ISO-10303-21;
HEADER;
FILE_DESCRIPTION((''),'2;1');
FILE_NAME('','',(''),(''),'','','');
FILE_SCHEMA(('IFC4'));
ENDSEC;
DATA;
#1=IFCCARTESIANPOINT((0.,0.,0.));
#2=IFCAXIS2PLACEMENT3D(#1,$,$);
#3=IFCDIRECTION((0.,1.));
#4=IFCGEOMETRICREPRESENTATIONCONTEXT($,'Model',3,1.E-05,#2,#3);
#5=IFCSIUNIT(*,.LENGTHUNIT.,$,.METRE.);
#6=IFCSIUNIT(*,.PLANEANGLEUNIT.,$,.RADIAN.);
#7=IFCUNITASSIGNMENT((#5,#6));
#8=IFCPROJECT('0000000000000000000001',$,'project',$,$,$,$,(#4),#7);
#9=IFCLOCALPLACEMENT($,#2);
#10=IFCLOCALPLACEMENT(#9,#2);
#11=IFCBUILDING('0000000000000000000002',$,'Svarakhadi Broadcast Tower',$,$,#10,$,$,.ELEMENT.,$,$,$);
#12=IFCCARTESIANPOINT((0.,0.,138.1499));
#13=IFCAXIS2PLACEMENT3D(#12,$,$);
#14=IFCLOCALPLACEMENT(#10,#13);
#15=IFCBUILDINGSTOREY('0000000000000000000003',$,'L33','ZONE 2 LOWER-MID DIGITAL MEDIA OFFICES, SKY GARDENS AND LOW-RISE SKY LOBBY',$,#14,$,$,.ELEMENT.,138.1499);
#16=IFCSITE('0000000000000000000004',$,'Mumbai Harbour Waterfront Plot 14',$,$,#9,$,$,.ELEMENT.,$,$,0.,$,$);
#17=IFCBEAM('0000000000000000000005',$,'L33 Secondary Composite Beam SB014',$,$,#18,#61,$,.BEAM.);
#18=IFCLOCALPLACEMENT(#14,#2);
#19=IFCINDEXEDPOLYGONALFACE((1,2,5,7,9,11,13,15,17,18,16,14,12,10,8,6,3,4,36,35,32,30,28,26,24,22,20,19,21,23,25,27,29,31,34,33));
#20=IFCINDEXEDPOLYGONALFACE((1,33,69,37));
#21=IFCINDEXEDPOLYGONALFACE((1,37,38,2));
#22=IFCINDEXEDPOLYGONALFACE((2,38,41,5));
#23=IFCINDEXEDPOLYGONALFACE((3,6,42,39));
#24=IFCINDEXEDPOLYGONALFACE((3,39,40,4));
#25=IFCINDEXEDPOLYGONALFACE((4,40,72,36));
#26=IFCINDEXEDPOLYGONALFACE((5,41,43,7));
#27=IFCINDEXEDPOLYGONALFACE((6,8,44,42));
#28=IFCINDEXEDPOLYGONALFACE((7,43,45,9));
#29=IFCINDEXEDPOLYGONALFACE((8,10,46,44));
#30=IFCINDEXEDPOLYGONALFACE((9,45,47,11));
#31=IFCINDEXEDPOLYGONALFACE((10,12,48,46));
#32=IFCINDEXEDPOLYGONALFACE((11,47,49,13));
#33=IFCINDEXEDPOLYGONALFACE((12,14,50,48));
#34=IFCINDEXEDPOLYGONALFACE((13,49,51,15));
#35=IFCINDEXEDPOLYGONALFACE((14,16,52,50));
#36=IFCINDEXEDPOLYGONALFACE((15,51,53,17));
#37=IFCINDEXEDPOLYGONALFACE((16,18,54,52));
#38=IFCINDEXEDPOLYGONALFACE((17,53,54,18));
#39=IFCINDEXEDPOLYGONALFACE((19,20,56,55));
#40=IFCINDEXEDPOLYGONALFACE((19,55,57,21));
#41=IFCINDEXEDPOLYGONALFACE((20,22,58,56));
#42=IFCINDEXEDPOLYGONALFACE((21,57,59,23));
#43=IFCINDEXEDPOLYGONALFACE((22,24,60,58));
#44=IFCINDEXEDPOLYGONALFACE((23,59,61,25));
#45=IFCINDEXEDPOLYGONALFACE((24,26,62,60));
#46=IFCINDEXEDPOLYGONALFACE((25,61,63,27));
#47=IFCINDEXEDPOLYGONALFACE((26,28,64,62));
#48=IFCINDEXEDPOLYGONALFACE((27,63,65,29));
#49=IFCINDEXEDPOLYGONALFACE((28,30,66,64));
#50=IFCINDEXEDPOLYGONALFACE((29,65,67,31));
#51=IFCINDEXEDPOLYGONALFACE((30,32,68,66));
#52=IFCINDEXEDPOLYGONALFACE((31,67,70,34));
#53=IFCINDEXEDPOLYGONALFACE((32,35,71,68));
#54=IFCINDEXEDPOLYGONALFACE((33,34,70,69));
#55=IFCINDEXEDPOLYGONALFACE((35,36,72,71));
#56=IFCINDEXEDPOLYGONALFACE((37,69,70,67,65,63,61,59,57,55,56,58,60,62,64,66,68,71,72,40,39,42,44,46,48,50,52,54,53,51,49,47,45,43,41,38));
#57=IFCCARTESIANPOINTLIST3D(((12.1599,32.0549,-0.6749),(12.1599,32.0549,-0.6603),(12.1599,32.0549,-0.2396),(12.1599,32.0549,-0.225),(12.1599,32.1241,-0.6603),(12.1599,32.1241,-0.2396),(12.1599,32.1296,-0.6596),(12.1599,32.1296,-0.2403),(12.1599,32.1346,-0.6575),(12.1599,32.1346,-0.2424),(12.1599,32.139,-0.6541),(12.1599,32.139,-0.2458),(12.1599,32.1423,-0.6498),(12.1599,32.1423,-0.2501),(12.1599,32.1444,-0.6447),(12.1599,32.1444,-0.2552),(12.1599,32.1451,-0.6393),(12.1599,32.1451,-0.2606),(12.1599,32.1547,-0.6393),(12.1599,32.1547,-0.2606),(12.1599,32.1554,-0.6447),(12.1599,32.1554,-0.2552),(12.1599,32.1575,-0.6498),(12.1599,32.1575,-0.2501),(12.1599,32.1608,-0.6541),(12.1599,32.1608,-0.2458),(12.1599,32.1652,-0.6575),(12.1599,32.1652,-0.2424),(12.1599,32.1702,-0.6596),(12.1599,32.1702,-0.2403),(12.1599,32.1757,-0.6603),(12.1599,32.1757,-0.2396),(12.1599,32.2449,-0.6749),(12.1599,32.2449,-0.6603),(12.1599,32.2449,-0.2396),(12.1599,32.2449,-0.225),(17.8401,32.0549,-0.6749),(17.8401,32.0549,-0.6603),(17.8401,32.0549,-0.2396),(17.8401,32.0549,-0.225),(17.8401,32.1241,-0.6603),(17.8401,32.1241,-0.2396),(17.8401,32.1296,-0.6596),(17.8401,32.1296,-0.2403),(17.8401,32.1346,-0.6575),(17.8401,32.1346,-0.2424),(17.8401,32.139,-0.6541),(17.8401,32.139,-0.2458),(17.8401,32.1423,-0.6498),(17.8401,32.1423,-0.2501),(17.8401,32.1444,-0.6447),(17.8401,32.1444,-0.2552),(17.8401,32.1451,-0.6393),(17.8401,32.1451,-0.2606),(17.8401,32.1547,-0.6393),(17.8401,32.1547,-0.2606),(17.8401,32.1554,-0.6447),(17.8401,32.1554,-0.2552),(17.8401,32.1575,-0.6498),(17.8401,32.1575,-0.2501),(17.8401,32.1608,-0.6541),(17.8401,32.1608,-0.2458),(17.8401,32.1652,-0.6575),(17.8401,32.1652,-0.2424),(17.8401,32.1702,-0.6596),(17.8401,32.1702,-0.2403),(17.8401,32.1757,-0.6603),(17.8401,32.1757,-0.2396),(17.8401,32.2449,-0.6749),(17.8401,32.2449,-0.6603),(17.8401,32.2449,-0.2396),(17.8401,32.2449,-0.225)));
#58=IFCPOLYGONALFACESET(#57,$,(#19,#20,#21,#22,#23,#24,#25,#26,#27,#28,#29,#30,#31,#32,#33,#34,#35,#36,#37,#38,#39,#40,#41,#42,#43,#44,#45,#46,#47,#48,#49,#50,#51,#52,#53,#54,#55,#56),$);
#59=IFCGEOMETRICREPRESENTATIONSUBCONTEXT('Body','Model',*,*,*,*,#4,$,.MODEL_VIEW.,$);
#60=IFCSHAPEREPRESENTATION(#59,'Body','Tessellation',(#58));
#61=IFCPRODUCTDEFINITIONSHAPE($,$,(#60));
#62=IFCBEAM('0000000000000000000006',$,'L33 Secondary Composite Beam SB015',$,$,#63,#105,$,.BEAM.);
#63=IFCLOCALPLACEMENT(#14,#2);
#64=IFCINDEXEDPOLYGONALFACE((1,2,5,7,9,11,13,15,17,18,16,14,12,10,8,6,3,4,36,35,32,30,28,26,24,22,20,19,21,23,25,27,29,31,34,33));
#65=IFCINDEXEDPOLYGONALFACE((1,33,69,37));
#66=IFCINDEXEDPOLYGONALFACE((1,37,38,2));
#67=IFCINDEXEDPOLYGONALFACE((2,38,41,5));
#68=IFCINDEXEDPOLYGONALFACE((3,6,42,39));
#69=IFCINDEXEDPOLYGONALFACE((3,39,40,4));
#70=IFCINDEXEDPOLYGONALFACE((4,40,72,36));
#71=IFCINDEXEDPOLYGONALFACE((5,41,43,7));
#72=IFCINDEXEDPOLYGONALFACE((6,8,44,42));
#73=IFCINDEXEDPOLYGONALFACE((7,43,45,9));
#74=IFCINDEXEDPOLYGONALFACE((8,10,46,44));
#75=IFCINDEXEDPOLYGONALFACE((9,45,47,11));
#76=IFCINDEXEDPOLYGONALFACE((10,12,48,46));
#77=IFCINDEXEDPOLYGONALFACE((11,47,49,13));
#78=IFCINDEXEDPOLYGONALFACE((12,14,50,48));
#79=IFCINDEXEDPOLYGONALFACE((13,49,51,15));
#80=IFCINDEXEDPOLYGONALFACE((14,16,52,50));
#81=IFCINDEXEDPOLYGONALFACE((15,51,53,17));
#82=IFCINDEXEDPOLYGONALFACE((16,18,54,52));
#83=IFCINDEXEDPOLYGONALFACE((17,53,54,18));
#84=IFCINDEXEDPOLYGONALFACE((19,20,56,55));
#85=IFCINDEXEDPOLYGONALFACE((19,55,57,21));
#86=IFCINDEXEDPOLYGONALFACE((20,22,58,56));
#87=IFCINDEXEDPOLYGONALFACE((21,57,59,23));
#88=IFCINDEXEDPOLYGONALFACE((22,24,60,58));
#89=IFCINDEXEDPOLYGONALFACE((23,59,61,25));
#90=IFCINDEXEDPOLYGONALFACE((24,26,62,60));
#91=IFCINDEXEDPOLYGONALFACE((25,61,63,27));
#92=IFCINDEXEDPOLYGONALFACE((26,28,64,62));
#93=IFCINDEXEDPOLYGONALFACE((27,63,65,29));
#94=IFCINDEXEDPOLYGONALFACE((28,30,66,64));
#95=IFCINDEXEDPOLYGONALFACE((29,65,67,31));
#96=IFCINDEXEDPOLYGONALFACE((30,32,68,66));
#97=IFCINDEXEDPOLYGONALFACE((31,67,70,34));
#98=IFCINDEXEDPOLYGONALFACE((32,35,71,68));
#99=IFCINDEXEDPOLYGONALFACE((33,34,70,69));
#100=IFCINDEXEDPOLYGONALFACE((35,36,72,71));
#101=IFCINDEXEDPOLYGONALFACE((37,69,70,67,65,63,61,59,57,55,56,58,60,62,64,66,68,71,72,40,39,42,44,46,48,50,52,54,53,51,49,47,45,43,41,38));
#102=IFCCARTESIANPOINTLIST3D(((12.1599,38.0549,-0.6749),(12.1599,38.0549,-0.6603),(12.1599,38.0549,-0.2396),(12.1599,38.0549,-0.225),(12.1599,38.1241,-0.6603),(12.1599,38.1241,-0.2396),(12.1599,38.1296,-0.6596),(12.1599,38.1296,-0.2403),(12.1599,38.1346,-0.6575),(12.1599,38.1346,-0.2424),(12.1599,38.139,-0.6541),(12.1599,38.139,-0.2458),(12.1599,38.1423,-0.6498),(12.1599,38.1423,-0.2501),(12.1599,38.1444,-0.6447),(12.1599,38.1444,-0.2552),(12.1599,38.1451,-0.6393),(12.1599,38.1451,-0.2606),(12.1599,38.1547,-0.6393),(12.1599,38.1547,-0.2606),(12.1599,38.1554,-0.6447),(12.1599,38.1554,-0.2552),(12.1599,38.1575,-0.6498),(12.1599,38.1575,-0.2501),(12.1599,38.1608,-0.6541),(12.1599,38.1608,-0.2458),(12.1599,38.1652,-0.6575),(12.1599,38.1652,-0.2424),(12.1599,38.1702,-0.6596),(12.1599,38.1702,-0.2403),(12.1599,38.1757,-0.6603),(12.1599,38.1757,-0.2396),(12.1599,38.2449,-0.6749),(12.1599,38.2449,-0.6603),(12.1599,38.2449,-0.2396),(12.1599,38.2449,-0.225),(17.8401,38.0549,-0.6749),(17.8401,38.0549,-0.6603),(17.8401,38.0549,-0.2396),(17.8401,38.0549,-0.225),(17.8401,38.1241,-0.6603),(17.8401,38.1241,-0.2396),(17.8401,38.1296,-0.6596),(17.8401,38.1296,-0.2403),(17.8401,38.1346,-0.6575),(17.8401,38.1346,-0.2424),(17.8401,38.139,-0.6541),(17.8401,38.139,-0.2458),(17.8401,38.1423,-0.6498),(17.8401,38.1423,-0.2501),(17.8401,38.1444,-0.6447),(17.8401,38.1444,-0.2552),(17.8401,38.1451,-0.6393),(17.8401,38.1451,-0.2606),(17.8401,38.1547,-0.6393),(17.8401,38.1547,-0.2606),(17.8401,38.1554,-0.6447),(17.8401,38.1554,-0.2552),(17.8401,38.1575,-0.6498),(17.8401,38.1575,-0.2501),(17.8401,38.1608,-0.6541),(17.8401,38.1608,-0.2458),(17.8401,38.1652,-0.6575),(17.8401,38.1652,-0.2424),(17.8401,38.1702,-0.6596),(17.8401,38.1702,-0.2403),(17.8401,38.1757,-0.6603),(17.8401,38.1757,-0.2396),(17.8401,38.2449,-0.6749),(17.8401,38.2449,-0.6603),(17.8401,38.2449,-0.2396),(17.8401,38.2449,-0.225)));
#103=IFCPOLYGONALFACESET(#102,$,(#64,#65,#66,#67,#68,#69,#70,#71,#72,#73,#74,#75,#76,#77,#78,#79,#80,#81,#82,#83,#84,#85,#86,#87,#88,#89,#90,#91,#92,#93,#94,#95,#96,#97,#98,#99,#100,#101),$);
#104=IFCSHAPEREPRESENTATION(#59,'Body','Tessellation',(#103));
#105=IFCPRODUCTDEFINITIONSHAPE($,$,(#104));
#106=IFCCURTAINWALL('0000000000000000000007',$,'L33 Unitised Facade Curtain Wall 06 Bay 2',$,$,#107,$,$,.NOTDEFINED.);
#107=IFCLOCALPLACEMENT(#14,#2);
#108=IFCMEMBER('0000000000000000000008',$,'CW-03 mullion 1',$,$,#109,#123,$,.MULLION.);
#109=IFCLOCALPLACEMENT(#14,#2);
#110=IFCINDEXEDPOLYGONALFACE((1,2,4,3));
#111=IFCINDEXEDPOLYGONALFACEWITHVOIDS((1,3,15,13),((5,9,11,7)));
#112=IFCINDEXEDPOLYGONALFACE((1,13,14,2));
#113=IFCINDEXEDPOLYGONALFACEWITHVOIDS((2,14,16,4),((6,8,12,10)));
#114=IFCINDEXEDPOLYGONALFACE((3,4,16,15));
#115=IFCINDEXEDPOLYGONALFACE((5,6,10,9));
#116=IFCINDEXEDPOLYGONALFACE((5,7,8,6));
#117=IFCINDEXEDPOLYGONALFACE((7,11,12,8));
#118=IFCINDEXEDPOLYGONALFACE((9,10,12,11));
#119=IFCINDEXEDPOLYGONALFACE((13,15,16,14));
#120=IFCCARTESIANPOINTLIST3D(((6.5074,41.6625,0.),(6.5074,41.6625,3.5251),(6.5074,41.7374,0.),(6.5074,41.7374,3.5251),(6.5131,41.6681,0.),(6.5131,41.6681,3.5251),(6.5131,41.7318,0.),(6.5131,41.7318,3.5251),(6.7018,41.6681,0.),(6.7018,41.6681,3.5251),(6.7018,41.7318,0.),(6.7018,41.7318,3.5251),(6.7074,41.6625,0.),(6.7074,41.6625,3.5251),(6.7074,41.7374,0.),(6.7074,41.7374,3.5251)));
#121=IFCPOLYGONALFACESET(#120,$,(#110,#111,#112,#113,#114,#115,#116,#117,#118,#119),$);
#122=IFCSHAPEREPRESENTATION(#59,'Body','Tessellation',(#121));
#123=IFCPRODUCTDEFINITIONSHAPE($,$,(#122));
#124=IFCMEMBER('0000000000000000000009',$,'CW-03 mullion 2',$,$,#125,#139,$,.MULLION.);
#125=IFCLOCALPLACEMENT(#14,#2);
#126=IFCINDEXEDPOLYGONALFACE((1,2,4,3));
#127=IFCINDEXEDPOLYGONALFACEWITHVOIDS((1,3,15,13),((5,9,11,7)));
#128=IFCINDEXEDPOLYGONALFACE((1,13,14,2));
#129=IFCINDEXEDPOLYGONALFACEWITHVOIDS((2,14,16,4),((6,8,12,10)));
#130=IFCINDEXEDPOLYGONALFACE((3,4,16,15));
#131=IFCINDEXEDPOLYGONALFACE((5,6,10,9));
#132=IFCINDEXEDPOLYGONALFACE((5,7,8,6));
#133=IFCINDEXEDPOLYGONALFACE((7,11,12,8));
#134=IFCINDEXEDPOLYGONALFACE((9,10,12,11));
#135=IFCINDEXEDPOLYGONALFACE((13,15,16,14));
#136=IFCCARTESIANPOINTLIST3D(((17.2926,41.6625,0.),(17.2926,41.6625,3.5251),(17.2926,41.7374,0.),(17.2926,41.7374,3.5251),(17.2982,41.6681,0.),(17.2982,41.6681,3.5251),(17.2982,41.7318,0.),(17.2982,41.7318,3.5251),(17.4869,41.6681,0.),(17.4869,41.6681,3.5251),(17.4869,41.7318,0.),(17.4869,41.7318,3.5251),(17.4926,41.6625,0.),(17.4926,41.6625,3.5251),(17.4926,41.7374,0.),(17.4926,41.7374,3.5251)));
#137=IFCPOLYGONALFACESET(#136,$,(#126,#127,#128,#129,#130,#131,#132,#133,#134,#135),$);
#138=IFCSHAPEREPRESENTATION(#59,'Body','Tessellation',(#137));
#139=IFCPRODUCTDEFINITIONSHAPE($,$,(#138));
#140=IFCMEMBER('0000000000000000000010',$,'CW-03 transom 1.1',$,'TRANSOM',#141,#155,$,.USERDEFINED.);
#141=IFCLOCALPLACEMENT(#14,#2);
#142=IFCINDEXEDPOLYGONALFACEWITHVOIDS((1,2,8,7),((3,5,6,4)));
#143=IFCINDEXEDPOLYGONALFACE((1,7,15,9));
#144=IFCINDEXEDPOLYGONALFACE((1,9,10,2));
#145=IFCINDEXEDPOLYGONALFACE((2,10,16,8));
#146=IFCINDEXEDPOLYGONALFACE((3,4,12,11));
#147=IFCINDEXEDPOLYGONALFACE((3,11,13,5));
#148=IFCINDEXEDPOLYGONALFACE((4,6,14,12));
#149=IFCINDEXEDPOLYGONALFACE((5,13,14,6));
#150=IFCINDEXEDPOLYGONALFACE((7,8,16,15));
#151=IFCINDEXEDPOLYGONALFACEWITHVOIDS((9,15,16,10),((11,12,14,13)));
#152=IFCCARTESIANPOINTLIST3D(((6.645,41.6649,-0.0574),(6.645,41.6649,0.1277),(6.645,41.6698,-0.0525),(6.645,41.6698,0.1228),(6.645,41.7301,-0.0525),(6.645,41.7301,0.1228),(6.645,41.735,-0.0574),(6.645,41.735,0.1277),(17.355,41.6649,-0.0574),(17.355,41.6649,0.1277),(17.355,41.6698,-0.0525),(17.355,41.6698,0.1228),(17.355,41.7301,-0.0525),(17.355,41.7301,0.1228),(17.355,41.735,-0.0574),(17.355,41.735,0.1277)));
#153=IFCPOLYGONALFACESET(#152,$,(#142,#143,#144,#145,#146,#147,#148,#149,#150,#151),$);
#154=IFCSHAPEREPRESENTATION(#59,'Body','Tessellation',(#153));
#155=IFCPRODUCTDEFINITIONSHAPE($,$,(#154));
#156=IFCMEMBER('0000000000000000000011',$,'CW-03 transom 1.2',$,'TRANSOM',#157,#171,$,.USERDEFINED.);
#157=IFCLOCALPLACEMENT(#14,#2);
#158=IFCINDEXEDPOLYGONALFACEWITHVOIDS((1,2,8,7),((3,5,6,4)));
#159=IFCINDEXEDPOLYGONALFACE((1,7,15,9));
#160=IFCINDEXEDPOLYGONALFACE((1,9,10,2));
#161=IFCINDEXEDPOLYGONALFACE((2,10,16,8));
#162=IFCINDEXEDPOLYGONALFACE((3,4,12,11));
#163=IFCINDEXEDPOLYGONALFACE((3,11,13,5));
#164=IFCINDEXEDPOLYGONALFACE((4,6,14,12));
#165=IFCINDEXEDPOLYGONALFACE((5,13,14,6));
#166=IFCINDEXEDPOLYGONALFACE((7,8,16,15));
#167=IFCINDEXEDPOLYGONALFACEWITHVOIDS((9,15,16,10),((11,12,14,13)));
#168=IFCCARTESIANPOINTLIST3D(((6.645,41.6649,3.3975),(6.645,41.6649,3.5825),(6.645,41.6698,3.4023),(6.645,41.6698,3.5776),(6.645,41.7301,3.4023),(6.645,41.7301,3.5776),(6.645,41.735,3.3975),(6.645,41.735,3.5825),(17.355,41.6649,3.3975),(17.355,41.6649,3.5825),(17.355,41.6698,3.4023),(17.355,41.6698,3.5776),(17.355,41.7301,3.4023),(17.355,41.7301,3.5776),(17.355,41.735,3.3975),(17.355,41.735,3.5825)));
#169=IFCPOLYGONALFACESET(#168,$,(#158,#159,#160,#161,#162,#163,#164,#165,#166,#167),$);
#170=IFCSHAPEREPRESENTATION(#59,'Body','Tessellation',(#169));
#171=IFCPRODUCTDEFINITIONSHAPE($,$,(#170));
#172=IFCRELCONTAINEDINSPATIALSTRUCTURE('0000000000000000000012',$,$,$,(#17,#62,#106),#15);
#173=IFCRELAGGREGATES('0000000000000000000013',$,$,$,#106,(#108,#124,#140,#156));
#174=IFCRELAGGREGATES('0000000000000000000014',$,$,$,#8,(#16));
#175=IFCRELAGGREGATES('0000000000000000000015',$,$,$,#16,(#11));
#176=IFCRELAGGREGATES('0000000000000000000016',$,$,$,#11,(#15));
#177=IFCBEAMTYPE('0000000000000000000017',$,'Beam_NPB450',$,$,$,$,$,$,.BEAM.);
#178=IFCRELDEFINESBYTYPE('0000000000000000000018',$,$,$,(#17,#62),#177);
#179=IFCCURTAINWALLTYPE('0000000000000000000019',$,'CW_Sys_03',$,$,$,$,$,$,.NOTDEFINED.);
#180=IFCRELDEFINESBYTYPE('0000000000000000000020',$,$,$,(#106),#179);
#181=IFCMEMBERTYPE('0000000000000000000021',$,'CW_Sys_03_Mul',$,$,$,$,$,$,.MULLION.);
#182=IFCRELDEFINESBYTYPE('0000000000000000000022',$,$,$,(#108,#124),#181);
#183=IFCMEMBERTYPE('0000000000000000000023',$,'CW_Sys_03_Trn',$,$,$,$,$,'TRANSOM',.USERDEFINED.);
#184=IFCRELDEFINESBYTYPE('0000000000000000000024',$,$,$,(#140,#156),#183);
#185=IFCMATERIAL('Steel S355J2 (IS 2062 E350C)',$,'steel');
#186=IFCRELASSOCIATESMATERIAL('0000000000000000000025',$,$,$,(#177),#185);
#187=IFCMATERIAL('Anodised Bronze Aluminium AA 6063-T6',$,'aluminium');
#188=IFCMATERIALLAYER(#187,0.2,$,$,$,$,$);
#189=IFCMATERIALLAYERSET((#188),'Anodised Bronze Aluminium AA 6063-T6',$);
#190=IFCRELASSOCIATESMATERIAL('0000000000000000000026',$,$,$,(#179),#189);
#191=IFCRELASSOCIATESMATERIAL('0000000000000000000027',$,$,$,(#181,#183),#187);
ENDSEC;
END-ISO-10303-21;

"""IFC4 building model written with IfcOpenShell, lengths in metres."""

from ifc_helpers import new_model, si_unit, direction, frame, origin, origin_2d, place, context, subcontext, project, spatial, hollow_rectangle, i_section, extrude, material, layer, layer_set, material_profile, profile_set, type_object, element, aggregate, save


model = new_model("IFC4")

# Units and contexts
model_context = context("Model", 3, precision=1e-05, world=origin(), true_north=direction((0.0, 1.0)))
body_context = subcontext(model_context, "Body", "Model", "MODEL_VIEW")
ifc_project = project(units=[si_unit("LENGTHUNIT", "METRE"), si_unit("PLANEANGLEUNIT", "RADIAN")], contexts=[model_context])

# Site, building, storey
site_placement = place(None, origin())
site = spatial("IfcSite", under=ifc_project, at=site_placement, Name="Mumbai Harbour Waterfront Plot 14", CompositionType="ELEMENT", RefElevation=0.0)
building_placement = place(site_placement, origin())
building = spatial("IfcBuilding", under=site, at=building_placement, Name="Svarakhadi Broadcast Tower", CompositionType="ELEMENT")
storey_placement = place(building_placement, frame((0.0, 0.0, 138.1499)))
storey = spatial("IfcBuildingStorey", under=building, at=storey_placement, Name="L33", Description="ZONE 2 LOWER-MID DIGITAL MEDIA OFFICES, SKY GARDENS AND LOW-RISE SKY LOBBY", CompositionType="ELEMENT", Elevation=138.1499)

# Beams
ifc_material_1 = material(Name="Steel S355J2 (IS 2062 E350C)", Category="steel")
ifc_material_profile_1 = material_profile(ifc_material_1, i_section(OverallWidth=0.1899, OverallDepth=0.45, WebThickness=0.0095, FlangeThickness=0.0146, FilletRadius=0.021, at=origin_2d()), Name="NPB 450x190x78")
ifc_profile_set_1 = profile_set([ifc_material_profile_1], Name="Steel S355J2 (IS 2062 E350C)")
beam_type_1 = type_object("IfcBeamType", Name="Beam_NPB450", PredefinedType="BEAM", material=ifc_profile_set_1)
for number, where, z_axis, x_axis, name in (
    (1, (12.1599, 32.1499, -0.45), (1.0, 0.0, 0.0), (0.0, 1.0, 0.0), "L33 Secondary Composite Beam SB014"),
    (2, (12.1599, 38.1499, -0.45), (1.0, 0.0, 0.0), (0.0, 1.0, 0.0), "L33 Secondary Composite Beam SB015"),
):
    element("IfcBeam", number, at=place(storey_placement, frame(where, z_axis=z_axis, x_axis=x_axis)), inside=storey, type_object=beam_type_1, Name=name, PredefinedType="BEAM", context=body_context, shape_type="SweptSolid", body=[
        extrude(i_section(OverallWidth=0.1899, OverallDepth=0.45, WebThickness=0.0095, FlangeThickness=0.0146, FilletRadius=0.021, at=origin_2d()), origin(), (0.0, 0.0, 1.0), 5.6802),
    ])

# Curtain wall, members
ifc_material_2 = material(Name="Anodised Bronze Aluminium AA 6063-T6", Category="aluminium")
ifc_layer_1 = layer(ifc_material_2, 0.2)
ifc_layer_set_1 = layer_set([ifc_layer_1], Name="Anodised Bronze Aluminium AA 6063-T6")
curtain_wall_type = type_object("IfcCurtainWallType", Name="CW_Sys_03", PredefinedType="NOTDEFINED", material=ifc_layer_set_1)
curtain_wall_placement = place(storey_placement, origin())
curtain_wall = element("IfcCurtainWall", 3, at=curtain_wall_placement, inside=storey, type_object=curtain_wall_type, Name="L33 Unitised Facade Curtain Wall 06 Bay 2", PredefinedType="NOTDEFINED")
ifc_material_profile_2 = material_profile(ifc_material_2, hollow_rectangle(XDim=0.075, YDim=0.2, WallThickness=0.0056, at=origin_2d()), Name="ALU MULLION 200x75x6")
ifc_profile_set_2 = profile_set([ifc_material_profile_2], Name="Anodised Bronze Aluminium AA 6063-T6")
member_type_1 = type_object("IfcMemberType", Name="CW_Sys_03_Mul", PredefinedType="MULLION", material=ifc_profile_set_2)
member_1_placement = place(storey_placement, frame((6.6074, 41.7, 0.0), z_axis=(0.0, 0.0, 1.0), x_axis=(0.0, 1.0, 0.0)))
member_1 = element("IfcMember", 4, at=member_1_placement, type_object=member_type_1, Name="CW-03 mullion 1", PredefinedType="MULLION", context=body_context, shape_type="SweptSolid", body=[
    extrude(hollow_rectangle(XDim=0.075, YDim=0.2, WallThickness=0.0056, at=origin_2d()), origin(), (0.0, 0.0, 1.0), 3.5251),
])
member_2_placement = place(storey_placement, frame((17.3926, 41.7, 0.0), z_axis=(0.0, 0.0, 1.0), x_axis=(0.0, 1.0, 0.0)))
member_2 = element("IfcMember", 5, at=member_2_placement, type_object=member_type_1, Name="CW-03 mullion 2", PredefinedType="MULLION", context=body_context, shape_type="SweptSolid", body=[
    extrude(hollow_rectangle(XDim=0.075, YDim=0.2, WallThickness=0.0056, at=origin_2d()), origin(), (0.0, 0.0, 1.0), 3.5251),
])
ifc_material_profile_3 = material_profile(ifc_material_2, hollow_rectangle(XDim=0.0701, YDim=0.1851, WallThickness=0.0049, at=origin_2d()), Name="ALU TRANSOM 185x70x5")
ifc_profile_set_3 = profile_set([ifc_material_profile_3], Name="Anodised Bronze Aluminium AA 6063-T6")
member_type_2 = type_object("IfcMemberType", Name="CW_Sys_03_Trn", ElementType="TRANSOM", PredefinedType="USERDEFINED", material=ifc_profile_set_3)
member_3_placement = place(storey_placement, frame((6.645, 41.7, 0.0352), z_axis=(1.0, 0.0, 0.0), x_axis=(0.0, 1.0, 0.0)))
member_3 = element("IfcMember", 6, at=member_3_placement, type_object=member_type_2, Name="CW-03 transom 1.1", ObjectType="TRANSOM", PredefinedType="USERDEFINED", context=body_context, shape_type="SweptSolid", body=[
    extrude(hollow_rectangle(XDim=0.0701, YDim=0.1851, WallThickness=0.0049, at=origin_2d()), origin(), (0.0, 0.0, 1.0), 10.71),
])
member_4_placement = place(storey_placement, frame((6.645, 41.7, 3.49), z_axis=(1.0, 0.0, 0.0), x_axis=(0.0, 1.0, 0.0)))
member_4 = element("IfcMember", 7, at=member_4_placement, type_object=member_type_2, Name="CW-03 transom 1.2", ObjectType="TRANSOM", PredefinedType="USERDEFINED", context=body_context, shape_type="SweptSolid", body=[
    extrude(hollow_rectangle(XDim=0.0701, YDim=0.1851, WallThickness=0.0049, at=origin_2d()), origin(), (0.0, 0.0, 1.0), 10.71),
])

aggregate(curtain_wall, [member_1, member_2, member_3, member_4])

save(model, "model.ifc")
